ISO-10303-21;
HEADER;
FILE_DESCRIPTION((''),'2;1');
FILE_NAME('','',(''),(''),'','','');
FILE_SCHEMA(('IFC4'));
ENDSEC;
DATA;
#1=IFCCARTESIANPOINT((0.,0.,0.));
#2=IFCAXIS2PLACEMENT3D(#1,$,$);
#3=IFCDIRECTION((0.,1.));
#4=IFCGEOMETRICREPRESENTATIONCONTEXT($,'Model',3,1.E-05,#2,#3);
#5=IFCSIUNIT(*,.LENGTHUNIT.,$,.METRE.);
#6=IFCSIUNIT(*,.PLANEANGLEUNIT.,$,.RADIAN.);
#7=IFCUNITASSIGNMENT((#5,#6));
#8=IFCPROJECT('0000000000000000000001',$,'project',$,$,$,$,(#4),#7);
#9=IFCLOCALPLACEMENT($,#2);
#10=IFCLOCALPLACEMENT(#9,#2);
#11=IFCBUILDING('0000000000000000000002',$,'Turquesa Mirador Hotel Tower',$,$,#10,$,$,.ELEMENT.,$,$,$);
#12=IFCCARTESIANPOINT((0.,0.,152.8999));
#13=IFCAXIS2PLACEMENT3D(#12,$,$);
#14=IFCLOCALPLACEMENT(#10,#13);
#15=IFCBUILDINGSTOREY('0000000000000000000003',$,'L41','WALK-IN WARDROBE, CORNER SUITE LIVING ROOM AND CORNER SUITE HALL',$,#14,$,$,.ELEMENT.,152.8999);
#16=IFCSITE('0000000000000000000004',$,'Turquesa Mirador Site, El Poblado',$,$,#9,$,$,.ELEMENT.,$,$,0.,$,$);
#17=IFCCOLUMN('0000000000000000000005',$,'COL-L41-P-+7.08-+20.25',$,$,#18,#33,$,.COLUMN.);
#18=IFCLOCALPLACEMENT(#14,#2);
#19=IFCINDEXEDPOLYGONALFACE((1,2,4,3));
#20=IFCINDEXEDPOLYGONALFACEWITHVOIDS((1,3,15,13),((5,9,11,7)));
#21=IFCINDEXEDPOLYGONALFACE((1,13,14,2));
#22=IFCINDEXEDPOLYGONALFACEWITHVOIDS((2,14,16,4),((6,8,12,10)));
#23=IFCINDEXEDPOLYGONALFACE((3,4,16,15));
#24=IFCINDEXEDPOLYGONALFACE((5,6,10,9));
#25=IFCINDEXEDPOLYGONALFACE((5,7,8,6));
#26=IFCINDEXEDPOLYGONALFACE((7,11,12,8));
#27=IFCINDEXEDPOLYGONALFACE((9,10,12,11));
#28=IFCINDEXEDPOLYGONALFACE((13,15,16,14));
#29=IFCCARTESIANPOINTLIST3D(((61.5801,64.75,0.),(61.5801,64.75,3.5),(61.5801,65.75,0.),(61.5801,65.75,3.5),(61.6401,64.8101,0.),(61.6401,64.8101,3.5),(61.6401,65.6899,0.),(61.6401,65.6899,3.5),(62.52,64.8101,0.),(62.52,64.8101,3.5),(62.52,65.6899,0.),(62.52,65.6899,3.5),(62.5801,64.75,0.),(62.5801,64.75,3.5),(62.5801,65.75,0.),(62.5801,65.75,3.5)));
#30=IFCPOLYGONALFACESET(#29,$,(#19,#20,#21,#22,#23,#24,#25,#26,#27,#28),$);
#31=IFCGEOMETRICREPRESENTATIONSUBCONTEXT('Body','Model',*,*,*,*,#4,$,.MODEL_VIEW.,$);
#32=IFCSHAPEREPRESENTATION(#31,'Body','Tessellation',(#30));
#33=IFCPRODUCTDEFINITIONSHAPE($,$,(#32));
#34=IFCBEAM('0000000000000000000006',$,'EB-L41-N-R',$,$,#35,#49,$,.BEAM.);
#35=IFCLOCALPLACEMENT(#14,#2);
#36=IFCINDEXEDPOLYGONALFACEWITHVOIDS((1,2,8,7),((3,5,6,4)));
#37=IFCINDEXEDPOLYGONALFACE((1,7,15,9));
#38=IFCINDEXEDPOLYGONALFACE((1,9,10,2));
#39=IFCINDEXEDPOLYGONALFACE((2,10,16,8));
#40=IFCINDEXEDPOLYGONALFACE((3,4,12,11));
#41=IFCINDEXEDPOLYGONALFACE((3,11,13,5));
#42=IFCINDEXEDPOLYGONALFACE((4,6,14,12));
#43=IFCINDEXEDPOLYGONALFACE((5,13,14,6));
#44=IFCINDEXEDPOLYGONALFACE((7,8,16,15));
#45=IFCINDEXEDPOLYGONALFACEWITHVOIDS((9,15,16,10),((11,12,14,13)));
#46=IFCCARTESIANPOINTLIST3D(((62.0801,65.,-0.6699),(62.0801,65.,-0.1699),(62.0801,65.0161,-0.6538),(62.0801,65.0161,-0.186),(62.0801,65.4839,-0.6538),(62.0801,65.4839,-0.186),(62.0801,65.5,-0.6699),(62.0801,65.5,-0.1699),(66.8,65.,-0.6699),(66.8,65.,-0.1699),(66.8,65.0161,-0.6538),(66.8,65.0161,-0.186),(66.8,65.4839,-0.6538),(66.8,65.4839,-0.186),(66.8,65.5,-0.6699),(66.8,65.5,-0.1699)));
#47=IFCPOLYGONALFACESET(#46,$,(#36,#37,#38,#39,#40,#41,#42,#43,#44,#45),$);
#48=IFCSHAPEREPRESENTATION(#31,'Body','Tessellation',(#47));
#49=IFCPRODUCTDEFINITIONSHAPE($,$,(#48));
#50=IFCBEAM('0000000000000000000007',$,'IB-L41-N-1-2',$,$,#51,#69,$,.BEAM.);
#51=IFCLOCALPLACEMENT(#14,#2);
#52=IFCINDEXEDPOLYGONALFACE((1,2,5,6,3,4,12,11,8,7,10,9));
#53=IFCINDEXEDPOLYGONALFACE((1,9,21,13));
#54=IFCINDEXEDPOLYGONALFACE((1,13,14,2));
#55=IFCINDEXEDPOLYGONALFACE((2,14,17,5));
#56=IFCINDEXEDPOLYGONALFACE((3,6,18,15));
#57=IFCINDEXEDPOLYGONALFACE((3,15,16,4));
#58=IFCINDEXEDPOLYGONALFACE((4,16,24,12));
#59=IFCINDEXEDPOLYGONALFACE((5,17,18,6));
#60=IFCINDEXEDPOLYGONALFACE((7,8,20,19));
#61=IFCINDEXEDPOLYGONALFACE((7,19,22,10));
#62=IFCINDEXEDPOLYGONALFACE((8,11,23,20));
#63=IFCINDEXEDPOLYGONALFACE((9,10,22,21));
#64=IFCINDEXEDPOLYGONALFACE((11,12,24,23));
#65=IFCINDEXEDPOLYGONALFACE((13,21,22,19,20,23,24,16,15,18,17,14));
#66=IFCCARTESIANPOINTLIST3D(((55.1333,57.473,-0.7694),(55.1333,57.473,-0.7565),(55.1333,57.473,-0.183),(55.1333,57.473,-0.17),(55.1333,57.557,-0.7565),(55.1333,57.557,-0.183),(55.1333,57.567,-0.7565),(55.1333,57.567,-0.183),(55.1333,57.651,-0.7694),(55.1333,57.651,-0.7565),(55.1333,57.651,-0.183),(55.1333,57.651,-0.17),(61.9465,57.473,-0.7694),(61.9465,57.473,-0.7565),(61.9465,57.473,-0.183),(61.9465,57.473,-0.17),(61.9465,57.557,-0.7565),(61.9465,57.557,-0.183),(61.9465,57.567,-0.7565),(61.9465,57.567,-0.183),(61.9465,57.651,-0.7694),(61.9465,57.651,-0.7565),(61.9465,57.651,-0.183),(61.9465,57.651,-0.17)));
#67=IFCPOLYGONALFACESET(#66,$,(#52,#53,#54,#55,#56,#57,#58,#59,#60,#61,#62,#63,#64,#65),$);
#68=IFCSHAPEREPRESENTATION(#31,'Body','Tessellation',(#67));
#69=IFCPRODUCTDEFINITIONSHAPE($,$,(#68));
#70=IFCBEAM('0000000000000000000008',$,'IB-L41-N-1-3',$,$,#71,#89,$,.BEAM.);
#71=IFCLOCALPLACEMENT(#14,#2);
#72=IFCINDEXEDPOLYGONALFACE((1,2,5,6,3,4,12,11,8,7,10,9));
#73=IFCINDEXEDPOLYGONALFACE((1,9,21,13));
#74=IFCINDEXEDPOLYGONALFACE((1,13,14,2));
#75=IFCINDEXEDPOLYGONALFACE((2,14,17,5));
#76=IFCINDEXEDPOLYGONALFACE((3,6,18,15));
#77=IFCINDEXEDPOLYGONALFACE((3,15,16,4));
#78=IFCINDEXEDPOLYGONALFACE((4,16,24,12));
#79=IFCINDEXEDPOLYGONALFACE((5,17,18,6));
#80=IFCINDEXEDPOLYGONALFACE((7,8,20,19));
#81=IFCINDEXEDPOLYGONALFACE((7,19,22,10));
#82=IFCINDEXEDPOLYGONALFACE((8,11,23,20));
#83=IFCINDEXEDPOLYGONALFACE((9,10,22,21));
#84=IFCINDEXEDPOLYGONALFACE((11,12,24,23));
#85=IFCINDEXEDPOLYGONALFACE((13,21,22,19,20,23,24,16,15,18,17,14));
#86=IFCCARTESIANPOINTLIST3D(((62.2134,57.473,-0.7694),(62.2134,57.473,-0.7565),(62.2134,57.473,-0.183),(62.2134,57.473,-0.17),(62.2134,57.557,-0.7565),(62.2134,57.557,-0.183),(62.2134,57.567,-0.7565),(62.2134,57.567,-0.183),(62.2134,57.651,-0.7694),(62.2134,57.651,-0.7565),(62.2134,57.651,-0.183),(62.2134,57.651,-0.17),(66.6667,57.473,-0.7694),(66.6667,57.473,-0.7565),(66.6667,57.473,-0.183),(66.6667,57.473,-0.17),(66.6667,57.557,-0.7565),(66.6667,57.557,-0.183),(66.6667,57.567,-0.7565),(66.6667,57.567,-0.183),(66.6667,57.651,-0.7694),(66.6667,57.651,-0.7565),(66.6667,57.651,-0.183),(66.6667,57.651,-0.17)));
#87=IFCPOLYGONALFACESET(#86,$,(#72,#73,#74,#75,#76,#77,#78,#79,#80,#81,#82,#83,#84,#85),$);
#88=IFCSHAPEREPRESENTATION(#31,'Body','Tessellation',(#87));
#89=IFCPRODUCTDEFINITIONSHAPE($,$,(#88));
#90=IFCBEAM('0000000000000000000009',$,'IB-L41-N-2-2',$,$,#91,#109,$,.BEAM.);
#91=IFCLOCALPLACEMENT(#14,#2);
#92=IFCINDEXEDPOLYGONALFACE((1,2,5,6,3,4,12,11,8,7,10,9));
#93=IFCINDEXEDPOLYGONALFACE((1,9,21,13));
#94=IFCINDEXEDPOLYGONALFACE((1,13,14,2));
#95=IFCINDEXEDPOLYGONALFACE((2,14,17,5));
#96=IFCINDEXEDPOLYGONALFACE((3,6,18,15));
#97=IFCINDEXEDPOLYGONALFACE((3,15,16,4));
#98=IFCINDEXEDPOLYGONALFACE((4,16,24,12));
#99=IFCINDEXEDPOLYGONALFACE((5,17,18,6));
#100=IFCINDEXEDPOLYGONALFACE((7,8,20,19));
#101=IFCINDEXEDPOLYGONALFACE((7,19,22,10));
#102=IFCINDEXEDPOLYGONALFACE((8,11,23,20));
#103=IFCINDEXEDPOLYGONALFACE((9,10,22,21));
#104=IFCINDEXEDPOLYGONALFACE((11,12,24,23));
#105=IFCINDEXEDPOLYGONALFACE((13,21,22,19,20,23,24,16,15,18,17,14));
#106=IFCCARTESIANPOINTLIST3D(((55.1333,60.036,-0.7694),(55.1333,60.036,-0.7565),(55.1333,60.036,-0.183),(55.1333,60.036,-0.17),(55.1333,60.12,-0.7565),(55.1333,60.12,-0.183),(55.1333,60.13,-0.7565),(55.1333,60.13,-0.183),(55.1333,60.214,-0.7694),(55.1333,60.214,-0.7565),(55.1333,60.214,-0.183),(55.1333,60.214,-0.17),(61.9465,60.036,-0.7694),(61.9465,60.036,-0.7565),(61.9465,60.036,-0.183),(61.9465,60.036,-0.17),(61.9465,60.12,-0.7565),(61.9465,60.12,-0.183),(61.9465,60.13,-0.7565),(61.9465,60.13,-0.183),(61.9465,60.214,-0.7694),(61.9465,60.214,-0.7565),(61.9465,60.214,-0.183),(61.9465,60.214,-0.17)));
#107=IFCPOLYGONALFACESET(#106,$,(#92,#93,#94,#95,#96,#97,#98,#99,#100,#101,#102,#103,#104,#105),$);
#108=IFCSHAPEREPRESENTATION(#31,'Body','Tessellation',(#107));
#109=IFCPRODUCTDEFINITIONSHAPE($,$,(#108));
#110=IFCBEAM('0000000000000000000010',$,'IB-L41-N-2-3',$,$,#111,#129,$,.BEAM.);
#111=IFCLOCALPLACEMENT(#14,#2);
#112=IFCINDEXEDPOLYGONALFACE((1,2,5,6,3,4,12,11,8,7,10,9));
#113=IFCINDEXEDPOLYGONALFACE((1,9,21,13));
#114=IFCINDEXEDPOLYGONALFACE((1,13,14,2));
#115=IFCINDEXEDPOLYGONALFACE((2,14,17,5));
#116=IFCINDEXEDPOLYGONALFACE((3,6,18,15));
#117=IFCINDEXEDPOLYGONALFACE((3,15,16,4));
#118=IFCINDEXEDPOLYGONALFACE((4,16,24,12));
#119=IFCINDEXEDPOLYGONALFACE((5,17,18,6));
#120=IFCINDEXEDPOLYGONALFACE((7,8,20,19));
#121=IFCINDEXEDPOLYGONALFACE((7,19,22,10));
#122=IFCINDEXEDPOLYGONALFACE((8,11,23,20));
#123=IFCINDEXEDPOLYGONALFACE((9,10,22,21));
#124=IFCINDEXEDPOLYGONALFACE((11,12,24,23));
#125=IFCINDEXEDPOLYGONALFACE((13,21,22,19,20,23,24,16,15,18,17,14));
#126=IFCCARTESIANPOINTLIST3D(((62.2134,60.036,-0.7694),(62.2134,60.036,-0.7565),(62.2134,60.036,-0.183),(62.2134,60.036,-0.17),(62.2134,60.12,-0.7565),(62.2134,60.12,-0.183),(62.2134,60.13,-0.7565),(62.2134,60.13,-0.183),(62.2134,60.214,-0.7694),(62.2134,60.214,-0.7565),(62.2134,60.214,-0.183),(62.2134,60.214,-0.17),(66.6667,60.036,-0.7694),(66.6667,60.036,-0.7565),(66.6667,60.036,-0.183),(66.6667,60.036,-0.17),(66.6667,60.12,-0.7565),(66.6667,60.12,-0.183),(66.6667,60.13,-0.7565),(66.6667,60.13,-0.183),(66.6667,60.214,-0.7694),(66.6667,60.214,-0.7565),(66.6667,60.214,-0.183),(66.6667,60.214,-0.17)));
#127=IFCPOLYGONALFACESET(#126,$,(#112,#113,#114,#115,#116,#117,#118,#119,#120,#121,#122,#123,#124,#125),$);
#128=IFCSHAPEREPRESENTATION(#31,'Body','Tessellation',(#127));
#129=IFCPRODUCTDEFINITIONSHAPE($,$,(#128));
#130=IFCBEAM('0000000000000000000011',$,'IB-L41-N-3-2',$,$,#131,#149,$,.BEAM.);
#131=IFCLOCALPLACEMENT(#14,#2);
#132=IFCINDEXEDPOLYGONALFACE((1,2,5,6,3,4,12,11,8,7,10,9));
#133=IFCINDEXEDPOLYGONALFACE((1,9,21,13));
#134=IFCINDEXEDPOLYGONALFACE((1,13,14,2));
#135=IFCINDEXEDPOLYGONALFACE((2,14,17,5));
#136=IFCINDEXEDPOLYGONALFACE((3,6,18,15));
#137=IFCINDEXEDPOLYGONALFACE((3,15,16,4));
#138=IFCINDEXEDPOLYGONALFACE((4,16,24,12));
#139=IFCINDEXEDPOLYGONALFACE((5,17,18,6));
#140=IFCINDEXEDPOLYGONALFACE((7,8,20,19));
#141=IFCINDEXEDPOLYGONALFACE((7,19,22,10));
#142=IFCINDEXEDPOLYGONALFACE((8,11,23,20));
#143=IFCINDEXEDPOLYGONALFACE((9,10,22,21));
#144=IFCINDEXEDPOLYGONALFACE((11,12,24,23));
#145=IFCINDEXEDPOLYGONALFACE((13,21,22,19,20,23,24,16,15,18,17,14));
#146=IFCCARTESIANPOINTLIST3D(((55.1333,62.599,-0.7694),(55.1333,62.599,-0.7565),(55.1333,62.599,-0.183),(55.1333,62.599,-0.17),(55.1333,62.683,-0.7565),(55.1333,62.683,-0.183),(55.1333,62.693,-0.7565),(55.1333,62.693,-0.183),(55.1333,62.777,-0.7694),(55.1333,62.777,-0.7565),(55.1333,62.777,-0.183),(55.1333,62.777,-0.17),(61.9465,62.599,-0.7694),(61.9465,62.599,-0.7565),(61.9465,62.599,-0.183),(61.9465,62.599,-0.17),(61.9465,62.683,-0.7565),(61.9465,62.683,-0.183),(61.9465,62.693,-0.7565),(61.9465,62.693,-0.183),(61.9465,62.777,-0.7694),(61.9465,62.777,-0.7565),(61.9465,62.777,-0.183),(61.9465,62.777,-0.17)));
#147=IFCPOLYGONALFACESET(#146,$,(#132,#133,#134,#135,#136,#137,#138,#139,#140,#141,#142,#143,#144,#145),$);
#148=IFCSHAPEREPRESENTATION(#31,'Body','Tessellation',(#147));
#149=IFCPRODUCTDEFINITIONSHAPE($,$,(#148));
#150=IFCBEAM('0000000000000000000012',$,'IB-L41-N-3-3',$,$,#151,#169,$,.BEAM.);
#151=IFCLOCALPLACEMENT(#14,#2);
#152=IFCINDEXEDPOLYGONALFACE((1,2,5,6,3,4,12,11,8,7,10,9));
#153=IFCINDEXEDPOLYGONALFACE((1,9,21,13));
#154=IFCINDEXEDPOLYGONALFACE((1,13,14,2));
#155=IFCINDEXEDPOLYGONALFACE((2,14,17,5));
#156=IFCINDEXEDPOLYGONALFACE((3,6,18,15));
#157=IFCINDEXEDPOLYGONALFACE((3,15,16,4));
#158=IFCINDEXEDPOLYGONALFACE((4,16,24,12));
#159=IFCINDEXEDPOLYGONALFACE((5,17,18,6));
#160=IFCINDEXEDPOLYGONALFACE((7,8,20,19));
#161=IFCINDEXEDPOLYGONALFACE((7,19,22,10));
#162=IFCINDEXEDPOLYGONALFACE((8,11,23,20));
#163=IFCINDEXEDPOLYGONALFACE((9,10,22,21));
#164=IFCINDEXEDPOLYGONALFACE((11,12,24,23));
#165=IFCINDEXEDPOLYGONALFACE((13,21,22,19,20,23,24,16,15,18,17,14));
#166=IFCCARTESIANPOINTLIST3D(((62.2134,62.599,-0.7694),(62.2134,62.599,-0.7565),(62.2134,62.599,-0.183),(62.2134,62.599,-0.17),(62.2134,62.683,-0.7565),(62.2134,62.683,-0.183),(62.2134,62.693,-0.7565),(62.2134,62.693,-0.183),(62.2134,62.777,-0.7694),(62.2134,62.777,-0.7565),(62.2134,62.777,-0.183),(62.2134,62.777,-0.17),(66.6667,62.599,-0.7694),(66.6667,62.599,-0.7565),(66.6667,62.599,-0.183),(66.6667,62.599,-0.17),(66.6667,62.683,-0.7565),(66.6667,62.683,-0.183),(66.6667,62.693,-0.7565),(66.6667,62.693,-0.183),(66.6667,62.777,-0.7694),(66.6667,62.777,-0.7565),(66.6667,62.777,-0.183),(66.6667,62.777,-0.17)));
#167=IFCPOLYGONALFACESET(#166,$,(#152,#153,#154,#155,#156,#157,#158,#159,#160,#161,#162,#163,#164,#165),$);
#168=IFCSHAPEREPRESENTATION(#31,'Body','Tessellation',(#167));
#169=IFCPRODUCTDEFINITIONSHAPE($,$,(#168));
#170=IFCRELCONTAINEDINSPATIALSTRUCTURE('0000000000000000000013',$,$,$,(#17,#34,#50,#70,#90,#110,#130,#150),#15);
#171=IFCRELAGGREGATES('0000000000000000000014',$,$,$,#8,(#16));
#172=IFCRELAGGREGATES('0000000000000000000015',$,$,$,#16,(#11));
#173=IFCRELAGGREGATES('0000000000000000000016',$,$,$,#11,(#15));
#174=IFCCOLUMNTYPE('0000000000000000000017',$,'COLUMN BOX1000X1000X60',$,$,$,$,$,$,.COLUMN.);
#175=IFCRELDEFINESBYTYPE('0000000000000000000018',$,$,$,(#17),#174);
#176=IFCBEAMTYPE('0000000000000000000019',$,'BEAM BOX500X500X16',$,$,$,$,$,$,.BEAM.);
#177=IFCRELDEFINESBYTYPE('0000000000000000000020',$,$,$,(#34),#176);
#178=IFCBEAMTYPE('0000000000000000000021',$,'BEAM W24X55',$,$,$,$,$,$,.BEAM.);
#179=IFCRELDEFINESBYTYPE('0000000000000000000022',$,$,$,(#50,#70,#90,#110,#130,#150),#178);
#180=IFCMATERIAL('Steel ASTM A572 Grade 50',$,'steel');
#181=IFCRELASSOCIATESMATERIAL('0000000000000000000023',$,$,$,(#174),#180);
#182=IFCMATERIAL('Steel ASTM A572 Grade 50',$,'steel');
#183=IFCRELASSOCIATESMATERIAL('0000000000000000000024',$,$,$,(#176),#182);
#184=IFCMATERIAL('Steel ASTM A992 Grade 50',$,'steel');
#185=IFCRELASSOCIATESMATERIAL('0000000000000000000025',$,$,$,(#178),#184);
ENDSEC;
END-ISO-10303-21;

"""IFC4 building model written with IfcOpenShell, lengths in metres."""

from ifc_helpers import new_model, si_unit, direction, frame, origin, origin_2d, place, context, subcontext, project, spatial, hollow_rectangle, i_section, extrude, material, material_profile, profile_set, type_object, element, save


model = new_model("IFC4")

# Units and contexts
model_context = context("Model", 3, precision=1e-05, world=origin(), true_north=direction((0.0, 1.0)))
body_context = subcontext(model_context, "Body", "Model", "MODEL_VIEW")
ifc_project = project(units=[si_unit("LENGTHUNIT", "METRE"), si_unit("PLANEANGLEUNIT", "RADIAN")], contexts=[model_context])

# Site, building, storey
site_placement = place(None, origin())
site = spatial("IfcSite", under=ifc_project, at=site_placement, Name="Turquesa Mirador Site, El Poblado", CompositionType="ELEMENT", RefElevation=0.0)
building_placement = place(site_placement, origin())
building = spatial("IfcBuilding", under=site, at=building_placement, Name="Turquesa Mirador Hotel Tower", CompositionType="ELEMENT")
storey_placement = place(building_placement, frame((0.0, 0.0, 152.8999)))
storey = spatial("IfcBuildingStorey", under=building, at=storey_placement, Name="L41", Description="WALK-IN WARDROBE, CORNER SUITE LIVING ROOM AND CORNER SUITE HALL", CompositionType="ELEMENT", Elevation=152.8999)

# Column
ifc_material_1 = material(Name="Steel ASTM A572 Grade 50", Category="steel")
ifc_material_profile_1 = material_profile(ifc_material_1, hollow_rectangle(XDim=1.0, YDim=1.0, WallThickness=0.0601, at=origin_2d()), Name="BOX1000X1000X60")
ifc_profile_set_1 = profile_set([ifc_material_profile_1], Name="Steel ASTM A572 Grade 50")
column_type = type_object("IfcColumnType", Name="COLUMN BOX1000X1000X60", PredefinedType="COLUMN", material=ifc_profile_set_1)
column_placement = place(storey_placement, frame((62.0801, 65.25, 0.0), z_axis=(0.0, 0.0, 1.0), x_axis=(1.0, 0.0, 0.0)))
element("IfcColumn", 1, at=column_placement, inside=storey, type_object=column_type, Name="COL-L41-P-+7.08-+20.25", PredefinedType="COLUMN", context=body_context, shape_type="SweptSolid", body=[
    extrude(hollow_rectangle(XDim=1.0, YDim=1.0, WallThickness=0.0601, at=origin_2d()), origin(), (0.0, 0.0, 1.0), 3.5),
])

# Beams
ifc_material_2 = material(Name="Steel ASTM A572 Grade 50", Category="steel")
ifc_material_profile_2 = material_profile(ifc_material_2, hollow_rectangle(XDim=0.5, YDim=0.5, WallThickness=0.0161, at=origin_2d()), Name="BOX500X500X16")
ifc_profile_set_2 = profile_set([ifc_material_profile_2], Name="Steel ASTM A572 Grade 50")
beam_type_1 = type_object("IfcBeamType", Name="BEAM BOX500X500X16", PredefinedType="BEAM", material=ifc_profile_set_2)
beam_1_placement = place(storey_placement, frame((62.0801, 65.25, -0.4199), z_axis=(1.0, 0.0, 0.0), x_axis=(0.0, 1.0, 0.0)))
element("IfcBeam", 2, at=beam_1_placement, inside=storey, type_object=beam_type_1, Name="EB-L41-N-R", PredefinedType="BEAM", context=body_context, shape_type="SweptSolid", body=[
    extrude(hollow_rectangle(XDim=0.5, YDim=0.5, WallThickness=0.0161, at=origin_2d()), origin(), (0.0, 0.0, 1.0), 4.72),
])
ifc_material_3 = material(Name="Steel ASTM A992 Grade 50", Category="steel")
ifc_material_profile_3 = material_profile(ifc_material_3, i_section(OverallWidth=0.178, OverallDepth=0.5994, WebThickness=0.01, FlangeThickness=0.0129, at=origin_2d()), Name="W24X55")
ifc_profile_set_3 = profile_set([ifc_material_profile_3], Name="Steel ASTM A992 Grade 50")
beam_type_2 = type_object("IfcBeamType", Name="BEAM W24X55", PredefinedType="BEAM", material=ifc_profile_set_3)
beam_2_placement = place(storey_placement, frame((55.1333, 57.562, -0.4697), z_axis=(1.0, 0.0, 0.0), x_axis=(0.0, 1.0, 0.0)))
element("IfcBeam", 3, at=beam_2_placement, inside=storey, type_object=beam_type_2, Name="IB-L41-N-1-2", PredefinedType="BEAM", context=body_context, shape_type="SweptSolid", body=[
    extrude(i_section(OverallWidth=0.178, OverallDepth=0.5994, WebThickness=0.01, FlangeThickness=0.0129, at=origin_2d()), origin(), (0.0, 0.0, 1.0), 6.8132),
])
beam_3_placement = place(storey_placement, frame((62.2134, 57.562, -0.4697), z_axis=(1.0, 0.0, 0.0), x_axis=(0.0, 1.0, 0.0)))
element("IfcBeam", 4, at=beam_3_placement, inside=storey, type_object=beam_type_2, Name="IB-L41-N-1-3", PredefinedType="BEAM", context=body_context, shape_type="SweptSolid", body=[
    extrude(i_section(OverallWidth=0.178, OverallDepth=0.5994, WebThickness=0.01, FlangeThickness=0.0129, at=origin_2d()), origin(), (0.0, 0.0, 1.0), 4.4534),
])
beam_4_placement = place(storey_placement, frame((55.1333, 60.125, -0.4697), z_axis=(1.0, 0.0, 0.0), x_axis=(0.0, 1.0, 0.0)))
element("IfcBeam", 5, at=beam_4_placement, inside=storey, type_object=beam_type_2, Name="IB-L41-N-2-2", PredefinedType="BEAM", context=body_context, shape_type="SweptSolid", body=[
    extrude(i_section(OverallWidth=0.178, OverallDepth=0.5994, WebThickness=0.01, FlangeThickness=0.0129, at=origin_2d()), origin(), (0.0, 0.0, 1.0), 6.8132),
])
beam_5_placement = place(storey_placement, frame((62.2134, 60.125, -0.4697), z_axis=(1.0, 0.0, 0.0), x_axis=(0.0, 1.0, 0.0)))
element("IfcBeam", 6, at=beam_5_placement, inside=storey, type_object=beam_type_2, Name="IB-L41-N-2-3", PredefinedType="BEAM", context=body_context, shape_type="SweptSolid", body=[
    extrude(i_section(OverallWidth=0.178, OverallDepth=0.5994, WebThickness=0.01, FlangeThickness=0.0129, at=origin_2d()), origin(), (0.0, 0.0, 1.0), 4.4534),
])
beam_6_placement = place(storey_placement, frame((55.1333, 62.688, -0.4697), z_axis=(1.0, 0.0, 0.0), x_axis=(0.0, 1.0, 0.0)))
element("IfcBeam", 7, at=beam_6_placement, inside=storey, type_object=beam_type_2, Name="IB-L41-N-3-2", PredefinedType="BEAM", context=body_context, shape_type="SweptSolid", body=[
    extrude(i_section(OverallWidth=0.178, OverallDepth=0.5994, WebThickness=0.01, FlangeThickness=0.0129, at=origin_2d()), origin(), (0.0, 0.0, 1.0), 6.8132),
])
beam_7_placement = place(storey_placement, frame((62.2134, 62.688, -0.4697), z_axis=(1.0, 0.0, 0.0), x_axis=(0.0, 1.0, 0.0)))
element("IfcBeam", 8, at=beam_7_placement, inside=storey, type_object=beam_type_2, Name="IB-L41-N-3-3", PredefinedType="BEAM", context=body_context, shape_type="SweptSolid", body=[
    extrude(i_section(OverallWidth=0.178, OverallDepth=0.5994, WebThickness=0.01, FlangeThickness=0.0129, at=origin_2d()), origin(), (0.0, 0.0, 1.0), 4.4534),
])

save(model, "model.ifc")
